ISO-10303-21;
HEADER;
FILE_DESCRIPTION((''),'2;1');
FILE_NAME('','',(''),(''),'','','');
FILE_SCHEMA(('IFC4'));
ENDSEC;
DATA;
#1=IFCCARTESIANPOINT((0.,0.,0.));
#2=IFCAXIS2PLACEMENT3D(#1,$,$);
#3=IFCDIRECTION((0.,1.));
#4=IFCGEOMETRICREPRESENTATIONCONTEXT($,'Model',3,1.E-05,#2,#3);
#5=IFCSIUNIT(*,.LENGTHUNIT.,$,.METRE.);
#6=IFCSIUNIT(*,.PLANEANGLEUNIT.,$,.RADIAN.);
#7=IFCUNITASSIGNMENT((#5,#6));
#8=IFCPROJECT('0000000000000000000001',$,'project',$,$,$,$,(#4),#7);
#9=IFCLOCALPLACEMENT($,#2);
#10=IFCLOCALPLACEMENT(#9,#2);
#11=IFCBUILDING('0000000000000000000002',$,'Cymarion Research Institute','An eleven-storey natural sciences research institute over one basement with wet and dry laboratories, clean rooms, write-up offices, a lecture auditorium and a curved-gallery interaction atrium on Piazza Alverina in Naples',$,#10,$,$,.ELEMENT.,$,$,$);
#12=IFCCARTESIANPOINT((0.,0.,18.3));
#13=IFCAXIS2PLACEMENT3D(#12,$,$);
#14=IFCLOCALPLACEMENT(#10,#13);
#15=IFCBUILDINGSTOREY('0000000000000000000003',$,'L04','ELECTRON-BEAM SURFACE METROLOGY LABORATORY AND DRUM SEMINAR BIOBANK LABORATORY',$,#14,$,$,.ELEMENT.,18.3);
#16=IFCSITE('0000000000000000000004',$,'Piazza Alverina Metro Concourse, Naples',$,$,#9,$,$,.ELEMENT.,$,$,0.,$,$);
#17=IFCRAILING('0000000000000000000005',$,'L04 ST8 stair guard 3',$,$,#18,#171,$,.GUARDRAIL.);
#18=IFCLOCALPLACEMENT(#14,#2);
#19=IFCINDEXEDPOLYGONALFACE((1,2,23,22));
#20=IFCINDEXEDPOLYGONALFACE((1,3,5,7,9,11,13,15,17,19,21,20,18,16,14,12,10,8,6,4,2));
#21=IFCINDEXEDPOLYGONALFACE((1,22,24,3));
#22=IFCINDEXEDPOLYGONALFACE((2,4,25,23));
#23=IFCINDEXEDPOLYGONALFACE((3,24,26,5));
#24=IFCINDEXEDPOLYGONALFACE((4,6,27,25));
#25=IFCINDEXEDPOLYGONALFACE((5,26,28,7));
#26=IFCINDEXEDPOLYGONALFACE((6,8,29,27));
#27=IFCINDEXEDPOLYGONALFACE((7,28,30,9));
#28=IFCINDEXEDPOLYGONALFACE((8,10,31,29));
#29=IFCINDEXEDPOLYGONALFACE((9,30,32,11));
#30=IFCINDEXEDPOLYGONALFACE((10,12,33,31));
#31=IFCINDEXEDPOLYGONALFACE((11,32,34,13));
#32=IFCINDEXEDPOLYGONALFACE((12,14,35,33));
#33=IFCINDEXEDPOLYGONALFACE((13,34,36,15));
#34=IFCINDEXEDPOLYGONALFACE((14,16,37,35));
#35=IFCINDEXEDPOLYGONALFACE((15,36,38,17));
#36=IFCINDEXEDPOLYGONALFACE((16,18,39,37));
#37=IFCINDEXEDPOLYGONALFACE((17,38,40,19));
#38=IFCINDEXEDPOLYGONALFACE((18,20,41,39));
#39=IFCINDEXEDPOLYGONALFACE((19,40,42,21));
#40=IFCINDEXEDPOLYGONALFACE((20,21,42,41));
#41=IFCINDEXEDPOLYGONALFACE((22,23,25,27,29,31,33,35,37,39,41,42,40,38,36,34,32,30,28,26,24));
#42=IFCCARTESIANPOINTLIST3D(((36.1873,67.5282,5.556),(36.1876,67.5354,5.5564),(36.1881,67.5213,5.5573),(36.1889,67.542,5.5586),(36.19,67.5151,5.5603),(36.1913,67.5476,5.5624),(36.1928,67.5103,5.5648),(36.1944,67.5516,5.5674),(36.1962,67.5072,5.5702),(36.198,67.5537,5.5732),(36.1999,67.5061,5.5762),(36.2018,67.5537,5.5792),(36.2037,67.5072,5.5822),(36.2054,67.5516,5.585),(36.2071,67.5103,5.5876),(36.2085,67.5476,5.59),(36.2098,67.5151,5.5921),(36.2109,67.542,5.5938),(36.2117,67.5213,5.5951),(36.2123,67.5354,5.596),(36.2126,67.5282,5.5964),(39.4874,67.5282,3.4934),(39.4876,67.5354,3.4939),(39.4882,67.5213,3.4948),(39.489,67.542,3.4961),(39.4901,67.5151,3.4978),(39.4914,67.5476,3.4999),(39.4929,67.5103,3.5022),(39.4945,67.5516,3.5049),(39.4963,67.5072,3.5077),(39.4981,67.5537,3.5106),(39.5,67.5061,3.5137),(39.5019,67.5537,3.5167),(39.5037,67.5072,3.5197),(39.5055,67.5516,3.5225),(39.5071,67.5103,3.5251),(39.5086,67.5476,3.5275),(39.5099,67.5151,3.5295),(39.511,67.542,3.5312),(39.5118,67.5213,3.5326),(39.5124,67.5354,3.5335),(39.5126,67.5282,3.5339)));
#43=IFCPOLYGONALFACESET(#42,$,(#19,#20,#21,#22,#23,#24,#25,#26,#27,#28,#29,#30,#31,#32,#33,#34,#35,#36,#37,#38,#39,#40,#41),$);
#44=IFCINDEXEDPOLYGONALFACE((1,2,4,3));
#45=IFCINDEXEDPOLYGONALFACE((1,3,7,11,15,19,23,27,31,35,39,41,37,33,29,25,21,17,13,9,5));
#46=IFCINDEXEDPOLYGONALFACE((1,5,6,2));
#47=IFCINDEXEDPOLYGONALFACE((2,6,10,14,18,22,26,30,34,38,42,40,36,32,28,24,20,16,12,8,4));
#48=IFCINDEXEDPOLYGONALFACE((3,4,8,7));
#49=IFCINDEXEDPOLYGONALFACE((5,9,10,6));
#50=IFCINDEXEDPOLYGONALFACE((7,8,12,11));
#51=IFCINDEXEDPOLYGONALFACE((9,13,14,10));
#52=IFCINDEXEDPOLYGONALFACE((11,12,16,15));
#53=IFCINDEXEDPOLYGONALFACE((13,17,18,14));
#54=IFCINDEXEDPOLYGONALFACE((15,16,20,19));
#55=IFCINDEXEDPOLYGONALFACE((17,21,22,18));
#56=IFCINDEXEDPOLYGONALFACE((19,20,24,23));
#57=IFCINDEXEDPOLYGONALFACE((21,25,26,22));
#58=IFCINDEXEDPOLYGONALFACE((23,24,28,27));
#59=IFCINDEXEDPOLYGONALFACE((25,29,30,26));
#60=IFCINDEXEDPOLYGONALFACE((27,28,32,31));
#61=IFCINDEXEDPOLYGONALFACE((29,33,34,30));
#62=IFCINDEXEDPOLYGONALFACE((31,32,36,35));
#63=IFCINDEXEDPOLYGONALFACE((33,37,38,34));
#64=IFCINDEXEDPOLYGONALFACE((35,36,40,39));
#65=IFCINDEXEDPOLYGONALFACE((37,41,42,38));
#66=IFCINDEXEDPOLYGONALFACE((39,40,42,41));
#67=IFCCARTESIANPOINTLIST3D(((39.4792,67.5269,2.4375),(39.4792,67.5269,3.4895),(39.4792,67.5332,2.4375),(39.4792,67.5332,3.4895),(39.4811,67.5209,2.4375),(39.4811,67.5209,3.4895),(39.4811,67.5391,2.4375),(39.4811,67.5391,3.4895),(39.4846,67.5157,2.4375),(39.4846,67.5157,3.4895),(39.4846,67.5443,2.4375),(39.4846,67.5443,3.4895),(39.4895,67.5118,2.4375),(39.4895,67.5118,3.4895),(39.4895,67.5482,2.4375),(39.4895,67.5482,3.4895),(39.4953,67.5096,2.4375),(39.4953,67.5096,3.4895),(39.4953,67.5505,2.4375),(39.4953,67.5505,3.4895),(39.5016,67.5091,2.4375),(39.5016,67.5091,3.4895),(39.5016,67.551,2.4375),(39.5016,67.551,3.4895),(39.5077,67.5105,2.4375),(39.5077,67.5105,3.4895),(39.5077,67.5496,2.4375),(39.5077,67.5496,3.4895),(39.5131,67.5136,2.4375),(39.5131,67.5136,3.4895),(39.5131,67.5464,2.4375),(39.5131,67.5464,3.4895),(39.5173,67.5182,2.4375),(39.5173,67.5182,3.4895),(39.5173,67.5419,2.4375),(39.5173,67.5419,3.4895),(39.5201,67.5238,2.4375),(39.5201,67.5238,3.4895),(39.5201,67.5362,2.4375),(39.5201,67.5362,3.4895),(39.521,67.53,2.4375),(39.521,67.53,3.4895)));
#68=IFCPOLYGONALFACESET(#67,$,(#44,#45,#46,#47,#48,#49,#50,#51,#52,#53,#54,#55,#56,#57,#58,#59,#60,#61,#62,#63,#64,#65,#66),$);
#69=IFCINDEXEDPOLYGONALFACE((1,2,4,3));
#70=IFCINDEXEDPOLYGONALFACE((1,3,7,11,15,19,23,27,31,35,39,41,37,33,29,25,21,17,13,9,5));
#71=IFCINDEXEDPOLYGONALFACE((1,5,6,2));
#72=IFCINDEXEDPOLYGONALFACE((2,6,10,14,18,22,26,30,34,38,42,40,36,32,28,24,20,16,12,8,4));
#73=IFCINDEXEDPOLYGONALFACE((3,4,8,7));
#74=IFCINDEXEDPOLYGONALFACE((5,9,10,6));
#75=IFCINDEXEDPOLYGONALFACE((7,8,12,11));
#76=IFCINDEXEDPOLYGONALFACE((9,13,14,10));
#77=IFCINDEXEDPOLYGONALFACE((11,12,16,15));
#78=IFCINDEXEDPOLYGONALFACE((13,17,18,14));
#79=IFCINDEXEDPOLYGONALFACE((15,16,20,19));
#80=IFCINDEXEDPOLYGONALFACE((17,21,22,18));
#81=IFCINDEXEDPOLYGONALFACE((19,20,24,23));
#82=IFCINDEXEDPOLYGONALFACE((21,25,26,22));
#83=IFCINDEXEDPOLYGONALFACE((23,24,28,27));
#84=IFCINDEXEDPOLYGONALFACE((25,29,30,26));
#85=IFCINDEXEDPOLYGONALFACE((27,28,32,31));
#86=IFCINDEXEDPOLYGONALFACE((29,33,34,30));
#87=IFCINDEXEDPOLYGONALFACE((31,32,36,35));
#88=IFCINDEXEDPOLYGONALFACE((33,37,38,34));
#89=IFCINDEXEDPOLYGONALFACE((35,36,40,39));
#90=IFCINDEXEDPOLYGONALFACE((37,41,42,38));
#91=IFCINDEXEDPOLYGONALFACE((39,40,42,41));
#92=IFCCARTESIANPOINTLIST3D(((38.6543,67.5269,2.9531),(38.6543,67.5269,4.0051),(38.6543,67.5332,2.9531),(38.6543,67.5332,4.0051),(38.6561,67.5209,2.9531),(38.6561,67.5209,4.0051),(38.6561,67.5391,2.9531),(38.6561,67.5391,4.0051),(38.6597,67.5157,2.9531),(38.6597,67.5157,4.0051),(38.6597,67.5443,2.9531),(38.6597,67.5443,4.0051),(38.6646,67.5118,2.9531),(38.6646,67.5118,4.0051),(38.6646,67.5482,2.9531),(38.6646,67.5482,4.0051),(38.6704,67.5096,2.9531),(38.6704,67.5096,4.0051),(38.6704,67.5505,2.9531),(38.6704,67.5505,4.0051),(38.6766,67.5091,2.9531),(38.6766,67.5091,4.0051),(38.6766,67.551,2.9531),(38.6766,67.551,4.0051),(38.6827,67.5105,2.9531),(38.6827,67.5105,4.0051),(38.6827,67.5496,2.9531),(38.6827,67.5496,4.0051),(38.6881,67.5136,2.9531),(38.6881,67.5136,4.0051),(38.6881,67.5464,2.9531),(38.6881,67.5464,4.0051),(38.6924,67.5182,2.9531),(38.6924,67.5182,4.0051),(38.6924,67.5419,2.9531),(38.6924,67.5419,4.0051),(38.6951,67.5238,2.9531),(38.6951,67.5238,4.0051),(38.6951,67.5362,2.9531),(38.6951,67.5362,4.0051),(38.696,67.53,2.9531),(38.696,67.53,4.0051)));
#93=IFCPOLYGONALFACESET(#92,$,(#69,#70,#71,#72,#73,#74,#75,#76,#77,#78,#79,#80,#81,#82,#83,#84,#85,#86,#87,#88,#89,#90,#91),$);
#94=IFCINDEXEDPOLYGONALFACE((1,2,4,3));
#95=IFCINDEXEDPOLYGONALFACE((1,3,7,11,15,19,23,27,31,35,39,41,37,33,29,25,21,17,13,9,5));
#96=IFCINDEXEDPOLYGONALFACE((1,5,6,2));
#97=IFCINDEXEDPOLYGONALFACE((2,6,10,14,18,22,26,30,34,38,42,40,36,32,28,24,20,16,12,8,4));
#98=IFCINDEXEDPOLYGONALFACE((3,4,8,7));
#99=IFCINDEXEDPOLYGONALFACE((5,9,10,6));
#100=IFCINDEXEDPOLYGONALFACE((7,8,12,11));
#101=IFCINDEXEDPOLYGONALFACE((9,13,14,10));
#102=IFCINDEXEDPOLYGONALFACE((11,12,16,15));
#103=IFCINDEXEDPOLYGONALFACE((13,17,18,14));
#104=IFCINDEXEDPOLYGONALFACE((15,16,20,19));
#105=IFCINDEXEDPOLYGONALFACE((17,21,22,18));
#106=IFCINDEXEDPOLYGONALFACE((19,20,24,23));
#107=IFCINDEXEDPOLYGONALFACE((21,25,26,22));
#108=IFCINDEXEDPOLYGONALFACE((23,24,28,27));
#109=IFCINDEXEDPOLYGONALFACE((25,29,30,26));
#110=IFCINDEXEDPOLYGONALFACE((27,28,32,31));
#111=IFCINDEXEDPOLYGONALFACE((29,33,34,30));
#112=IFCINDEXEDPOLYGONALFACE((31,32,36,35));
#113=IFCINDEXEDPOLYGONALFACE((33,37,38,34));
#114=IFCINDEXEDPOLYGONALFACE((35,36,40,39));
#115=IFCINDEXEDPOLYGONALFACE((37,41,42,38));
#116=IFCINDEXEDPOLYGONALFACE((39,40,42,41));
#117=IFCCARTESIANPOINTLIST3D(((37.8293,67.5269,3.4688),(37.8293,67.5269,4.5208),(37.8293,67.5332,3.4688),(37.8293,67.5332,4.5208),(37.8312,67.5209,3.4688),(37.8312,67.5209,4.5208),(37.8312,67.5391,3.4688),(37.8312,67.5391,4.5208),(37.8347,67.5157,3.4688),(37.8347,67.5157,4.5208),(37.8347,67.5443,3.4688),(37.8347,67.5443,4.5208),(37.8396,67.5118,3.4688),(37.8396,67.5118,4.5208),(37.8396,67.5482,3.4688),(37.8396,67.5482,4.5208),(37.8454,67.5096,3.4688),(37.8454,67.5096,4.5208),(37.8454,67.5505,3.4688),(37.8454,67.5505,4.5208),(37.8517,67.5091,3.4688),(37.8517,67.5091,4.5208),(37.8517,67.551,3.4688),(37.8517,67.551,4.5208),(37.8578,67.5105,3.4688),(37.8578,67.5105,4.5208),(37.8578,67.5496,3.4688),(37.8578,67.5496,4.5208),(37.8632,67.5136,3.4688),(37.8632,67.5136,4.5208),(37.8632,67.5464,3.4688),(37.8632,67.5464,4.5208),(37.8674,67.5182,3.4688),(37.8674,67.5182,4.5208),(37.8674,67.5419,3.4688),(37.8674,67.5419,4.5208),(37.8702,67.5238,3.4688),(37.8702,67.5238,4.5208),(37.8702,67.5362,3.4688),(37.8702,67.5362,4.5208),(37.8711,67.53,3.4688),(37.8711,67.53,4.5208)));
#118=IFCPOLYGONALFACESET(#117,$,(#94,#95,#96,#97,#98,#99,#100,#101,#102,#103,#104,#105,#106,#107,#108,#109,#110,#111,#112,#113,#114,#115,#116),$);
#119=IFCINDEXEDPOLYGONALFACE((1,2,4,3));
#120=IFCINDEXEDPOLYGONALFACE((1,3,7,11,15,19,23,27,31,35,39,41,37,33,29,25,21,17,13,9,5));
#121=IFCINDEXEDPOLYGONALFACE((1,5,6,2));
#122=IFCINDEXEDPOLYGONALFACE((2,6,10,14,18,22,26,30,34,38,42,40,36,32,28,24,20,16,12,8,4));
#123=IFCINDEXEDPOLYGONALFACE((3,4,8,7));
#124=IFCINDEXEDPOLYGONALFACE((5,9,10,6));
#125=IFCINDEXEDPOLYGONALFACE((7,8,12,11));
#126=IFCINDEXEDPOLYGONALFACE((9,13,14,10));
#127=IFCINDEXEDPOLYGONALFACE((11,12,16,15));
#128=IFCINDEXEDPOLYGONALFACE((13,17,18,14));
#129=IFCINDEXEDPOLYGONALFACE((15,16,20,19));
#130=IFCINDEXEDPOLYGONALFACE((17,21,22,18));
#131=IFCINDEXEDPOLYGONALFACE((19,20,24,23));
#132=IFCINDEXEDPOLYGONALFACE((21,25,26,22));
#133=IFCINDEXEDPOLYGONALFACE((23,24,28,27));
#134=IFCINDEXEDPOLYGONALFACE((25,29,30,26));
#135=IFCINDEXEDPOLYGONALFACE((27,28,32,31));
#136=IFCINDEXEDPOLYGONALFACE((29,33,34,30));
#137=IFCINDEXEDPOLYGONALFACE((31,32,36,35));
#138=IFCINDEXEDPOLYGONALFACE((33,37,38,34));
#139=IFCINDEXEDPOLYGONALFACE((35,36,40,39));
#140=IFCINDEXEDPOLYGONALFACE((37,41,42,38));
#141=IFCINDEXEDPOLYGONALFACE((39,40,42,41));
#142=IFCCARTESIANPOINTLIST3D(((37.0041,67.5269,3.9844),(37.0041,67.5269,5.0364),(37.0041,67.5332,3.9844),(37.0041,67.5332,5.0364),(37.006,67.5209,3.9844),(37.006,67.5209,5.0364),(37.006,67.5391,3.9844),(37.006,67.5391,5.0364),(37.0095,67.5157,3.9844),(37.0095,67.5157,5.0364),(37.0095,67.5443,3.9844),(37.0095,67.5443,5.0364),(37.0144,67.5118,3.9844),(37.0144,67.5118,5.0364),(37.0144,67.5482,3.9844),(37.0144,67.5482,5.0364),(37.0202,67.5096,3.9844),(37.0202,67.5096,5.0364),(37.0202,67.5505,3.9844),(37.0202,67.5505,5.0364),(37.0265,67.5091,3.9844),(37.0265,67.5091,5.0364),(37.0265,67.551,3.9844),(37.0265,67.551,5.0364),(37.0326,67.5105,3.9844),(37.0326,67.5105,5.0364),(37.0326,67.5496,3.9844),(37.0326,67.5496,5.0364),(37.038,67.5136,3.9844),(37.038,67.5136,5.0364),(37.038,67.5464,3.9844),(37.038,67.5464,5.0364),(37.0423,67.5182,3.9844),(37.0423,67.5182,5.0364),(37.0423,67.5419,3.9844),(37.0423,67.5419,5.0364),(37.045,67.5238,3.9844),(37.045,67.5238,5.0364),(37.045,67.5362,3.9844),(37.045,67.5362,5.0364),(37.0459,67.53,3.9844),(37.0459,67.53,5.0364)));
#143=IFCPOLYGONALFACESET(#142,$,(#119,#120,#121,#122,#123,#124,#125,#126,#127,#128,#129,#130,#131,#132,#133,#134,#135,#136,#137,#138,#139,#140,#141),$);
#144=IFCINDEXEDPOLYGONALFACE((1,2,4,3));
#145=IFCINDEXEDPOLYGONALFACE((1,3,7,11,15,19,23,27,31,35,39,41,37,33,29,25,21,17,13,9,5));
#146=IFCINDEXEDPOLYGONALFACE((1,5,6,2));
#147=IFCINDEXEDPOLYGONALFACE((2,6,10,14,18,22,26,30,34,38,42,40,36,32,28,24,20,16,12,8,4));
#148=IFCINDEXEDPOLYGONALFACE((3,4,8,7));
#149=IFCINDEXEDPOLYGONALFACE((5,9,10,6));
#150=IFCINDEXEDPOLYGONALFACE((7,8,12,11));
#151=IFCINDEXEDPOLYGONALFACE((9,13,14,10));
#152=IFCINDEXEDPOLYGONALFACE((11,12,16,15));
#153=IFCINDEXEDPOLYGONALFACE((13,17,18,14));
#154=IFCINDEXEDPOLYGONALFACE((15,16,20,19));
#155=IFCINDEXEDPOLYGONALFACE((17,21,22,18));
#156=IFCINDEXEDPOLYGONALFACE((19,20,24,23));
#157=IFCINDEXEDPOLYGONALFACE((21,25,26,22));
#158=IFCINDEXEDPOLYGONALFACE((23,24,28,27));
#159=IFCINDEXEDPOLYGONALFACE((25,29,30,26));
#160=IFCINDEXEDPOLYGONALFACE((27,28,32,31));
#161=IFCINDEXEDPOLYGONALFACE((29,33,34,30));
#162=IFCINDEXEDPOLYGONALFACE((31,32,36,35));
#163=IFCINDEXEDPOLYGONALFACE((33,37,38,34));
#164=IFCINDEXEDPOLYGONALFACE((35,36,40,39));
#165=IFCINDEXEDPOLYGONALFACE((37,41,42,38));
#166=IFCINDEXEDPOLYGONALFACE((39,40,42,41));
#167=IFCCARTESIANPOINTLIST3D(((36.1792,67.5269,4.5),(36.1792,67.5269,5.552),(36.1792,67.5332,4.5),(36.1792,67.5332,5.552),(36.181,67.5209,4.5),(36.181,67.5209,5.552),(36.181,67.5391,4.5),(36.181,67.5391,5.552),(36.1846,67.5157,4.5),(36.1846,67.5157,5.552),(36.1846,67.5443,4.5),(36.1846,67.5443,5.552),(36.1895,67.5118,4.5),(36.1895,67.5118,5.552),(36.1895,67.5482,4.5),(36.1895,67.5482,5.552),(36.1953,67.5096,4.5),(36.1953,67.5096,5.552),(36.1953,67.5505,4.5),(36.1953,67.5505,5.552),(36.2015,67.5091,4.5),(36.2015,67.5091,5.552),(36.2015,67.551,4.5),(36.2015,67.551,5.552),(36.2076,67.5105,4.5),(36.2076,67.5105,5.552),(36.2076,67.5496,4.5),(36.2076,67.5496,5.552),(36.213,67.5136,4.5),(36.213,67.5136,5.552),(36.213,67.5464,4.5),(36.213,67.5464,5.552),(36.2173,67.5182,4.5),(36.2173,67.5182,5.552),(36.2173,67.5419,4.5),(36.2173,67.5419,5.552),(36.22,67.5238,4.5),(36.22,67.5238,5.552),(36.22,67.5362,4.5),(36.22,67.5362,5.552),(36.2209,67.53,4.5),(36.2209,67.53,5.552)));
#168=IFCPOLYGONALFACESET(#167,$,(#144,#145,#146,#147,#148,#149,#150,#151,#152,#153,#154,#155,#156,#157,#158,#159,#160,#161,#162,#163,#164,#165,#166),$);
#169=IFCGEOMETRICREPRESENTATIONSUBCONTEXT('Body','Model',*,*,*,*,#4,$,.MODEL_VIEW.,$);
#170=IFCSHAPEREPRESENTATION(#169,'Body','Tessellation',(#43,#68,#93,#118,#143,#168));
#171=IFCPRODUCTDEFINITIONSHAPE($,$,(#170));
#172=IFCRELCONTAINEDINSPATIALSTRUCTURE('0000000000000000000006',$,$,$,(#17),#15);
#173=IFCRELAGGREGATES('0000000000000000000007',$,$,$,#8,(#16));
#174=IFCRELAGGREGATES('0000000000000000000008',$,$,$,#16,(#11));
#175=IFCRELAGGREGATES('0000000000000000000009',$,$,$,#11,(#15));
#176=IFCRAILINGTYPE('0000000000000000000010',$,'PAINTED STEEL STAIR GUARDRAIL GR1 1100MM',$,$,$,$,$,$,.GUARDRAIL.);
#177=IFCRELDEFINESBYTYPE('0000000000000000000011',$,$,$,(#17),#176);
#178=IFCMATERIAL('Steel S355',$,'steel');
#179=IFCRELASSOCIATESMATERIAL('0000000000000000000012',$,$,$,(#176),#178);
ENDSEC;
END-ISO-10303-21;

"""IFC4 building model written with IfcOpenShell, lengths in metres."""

from ifc_helpers import new_model, si_unit, direction, frame, origin, origin_2d, place, context, subcontext, project, spatial, circle, extrude, material, type_object, element, save


model = new_model("IFC4")

# Units and contexts
model_context = context("Model", 3, precision=1e-05, world=origin(), true_north=direction((0.0, 1.0)))
body_context = subcontext(model_context, "Body", "Model", "MODEL_VIEW")
ifc_project = project(units=[si_unit("LENGTHUNIT", "METRE"), si_unit("PLANEANGLEUNIT", "RADIAN")], contexts=[model_context])

# Site, building, storey
site_placement = place(None, origin())
site = spatial("IfcSite", under=ifc_project, at=site_placement, Name="Piazza Alverina Metro Concourse, Naples", CompositionType="ELEMENT", RefElevation=0.0)
building_placement = place(site_placement, origin())
building = spatial("IfcBuilding", under=site, at=building_placement, Name="Cymarion Research Institute", Description="An eleven-storey natural sciences research institute over one basement with wet and dry laboratories, clean rooms, write-up offices, a lecture auditorium and a curved-gallery interaction atrium on Piazza Alverina in Naples", CompositionType="ELEMENT")
storey_placement = place(building_placement, frame((0.0, 0.0, 18.3)))
storey = spatial("IfcBuildingStorey", under=building, at=storey_placement, Name="L04", Description="ELECTRON-BEAM SURFACE METROLOGY LABORATORY AND DRUM SEMINAR BIOBANK LABORATORY", CompositionType="ELEMENT", Elevation=18.3)

# Shared definitions
ifc_material_1 = material(Name="Steel S355", Category="steel")

# Railing
railing_type_1 = type_object("IfcRailingType", Name="PAINTED STEEL STAIR GUARDRAIL GR1 1100MM", PredefinedType="GUARDRAIL", material=ifc_material_1)
railing_1_placement = place(storey_placement, frame((39.5, 67.53, 2.4375)))
element("IfcRailing", 1, at=railing_1_placement, inside=storey, type_object=railing_type_1, Name="L04 ST8 stair guard 3", PredefinedType="GUARDRAIL", context=body_context, shape_type="SweptSolid", body=[
    extrude(circle(Radius=0.0239, at=origin_2d()), frame((0.0, 0.0, 1.0762), z_axis=(-0.848002, 0.0, 0.529993), x_axis=(0.0, -1.0, 0.0)), (0.0, 0.0, 1.0), 3.8916),
    extrude(circle(Radius=0.021, at=origin_2d()), origin(), (0.0, 0.0, 1.0), 1.052),
    extrude(circle(Radius=0.021, at=origin_2d()), frame((-0.825, 0.0, 0.5156)), (0.0, 0.0, 1.0), 1.052),
    extrude(circle(Radius=0.021, at=origin_2d()), frame((-1.6499, 0.0, 1.0312)), (0.0, 0.0, 1.0), 1.052),
    extrude(circle(Radius=0.021, at=origin_2d()), frame((-2.4751, 0.0, 1.5469)), (0.0, 0.0, 1.0), 1.052),
    extrude(circle(Radius=0.021, at=origin_2d()), frame((-3.3, 0.0, 2.0625)), (0.0, 0.0, 1.0), 1.052),
])

save(model, "model.ifc")
